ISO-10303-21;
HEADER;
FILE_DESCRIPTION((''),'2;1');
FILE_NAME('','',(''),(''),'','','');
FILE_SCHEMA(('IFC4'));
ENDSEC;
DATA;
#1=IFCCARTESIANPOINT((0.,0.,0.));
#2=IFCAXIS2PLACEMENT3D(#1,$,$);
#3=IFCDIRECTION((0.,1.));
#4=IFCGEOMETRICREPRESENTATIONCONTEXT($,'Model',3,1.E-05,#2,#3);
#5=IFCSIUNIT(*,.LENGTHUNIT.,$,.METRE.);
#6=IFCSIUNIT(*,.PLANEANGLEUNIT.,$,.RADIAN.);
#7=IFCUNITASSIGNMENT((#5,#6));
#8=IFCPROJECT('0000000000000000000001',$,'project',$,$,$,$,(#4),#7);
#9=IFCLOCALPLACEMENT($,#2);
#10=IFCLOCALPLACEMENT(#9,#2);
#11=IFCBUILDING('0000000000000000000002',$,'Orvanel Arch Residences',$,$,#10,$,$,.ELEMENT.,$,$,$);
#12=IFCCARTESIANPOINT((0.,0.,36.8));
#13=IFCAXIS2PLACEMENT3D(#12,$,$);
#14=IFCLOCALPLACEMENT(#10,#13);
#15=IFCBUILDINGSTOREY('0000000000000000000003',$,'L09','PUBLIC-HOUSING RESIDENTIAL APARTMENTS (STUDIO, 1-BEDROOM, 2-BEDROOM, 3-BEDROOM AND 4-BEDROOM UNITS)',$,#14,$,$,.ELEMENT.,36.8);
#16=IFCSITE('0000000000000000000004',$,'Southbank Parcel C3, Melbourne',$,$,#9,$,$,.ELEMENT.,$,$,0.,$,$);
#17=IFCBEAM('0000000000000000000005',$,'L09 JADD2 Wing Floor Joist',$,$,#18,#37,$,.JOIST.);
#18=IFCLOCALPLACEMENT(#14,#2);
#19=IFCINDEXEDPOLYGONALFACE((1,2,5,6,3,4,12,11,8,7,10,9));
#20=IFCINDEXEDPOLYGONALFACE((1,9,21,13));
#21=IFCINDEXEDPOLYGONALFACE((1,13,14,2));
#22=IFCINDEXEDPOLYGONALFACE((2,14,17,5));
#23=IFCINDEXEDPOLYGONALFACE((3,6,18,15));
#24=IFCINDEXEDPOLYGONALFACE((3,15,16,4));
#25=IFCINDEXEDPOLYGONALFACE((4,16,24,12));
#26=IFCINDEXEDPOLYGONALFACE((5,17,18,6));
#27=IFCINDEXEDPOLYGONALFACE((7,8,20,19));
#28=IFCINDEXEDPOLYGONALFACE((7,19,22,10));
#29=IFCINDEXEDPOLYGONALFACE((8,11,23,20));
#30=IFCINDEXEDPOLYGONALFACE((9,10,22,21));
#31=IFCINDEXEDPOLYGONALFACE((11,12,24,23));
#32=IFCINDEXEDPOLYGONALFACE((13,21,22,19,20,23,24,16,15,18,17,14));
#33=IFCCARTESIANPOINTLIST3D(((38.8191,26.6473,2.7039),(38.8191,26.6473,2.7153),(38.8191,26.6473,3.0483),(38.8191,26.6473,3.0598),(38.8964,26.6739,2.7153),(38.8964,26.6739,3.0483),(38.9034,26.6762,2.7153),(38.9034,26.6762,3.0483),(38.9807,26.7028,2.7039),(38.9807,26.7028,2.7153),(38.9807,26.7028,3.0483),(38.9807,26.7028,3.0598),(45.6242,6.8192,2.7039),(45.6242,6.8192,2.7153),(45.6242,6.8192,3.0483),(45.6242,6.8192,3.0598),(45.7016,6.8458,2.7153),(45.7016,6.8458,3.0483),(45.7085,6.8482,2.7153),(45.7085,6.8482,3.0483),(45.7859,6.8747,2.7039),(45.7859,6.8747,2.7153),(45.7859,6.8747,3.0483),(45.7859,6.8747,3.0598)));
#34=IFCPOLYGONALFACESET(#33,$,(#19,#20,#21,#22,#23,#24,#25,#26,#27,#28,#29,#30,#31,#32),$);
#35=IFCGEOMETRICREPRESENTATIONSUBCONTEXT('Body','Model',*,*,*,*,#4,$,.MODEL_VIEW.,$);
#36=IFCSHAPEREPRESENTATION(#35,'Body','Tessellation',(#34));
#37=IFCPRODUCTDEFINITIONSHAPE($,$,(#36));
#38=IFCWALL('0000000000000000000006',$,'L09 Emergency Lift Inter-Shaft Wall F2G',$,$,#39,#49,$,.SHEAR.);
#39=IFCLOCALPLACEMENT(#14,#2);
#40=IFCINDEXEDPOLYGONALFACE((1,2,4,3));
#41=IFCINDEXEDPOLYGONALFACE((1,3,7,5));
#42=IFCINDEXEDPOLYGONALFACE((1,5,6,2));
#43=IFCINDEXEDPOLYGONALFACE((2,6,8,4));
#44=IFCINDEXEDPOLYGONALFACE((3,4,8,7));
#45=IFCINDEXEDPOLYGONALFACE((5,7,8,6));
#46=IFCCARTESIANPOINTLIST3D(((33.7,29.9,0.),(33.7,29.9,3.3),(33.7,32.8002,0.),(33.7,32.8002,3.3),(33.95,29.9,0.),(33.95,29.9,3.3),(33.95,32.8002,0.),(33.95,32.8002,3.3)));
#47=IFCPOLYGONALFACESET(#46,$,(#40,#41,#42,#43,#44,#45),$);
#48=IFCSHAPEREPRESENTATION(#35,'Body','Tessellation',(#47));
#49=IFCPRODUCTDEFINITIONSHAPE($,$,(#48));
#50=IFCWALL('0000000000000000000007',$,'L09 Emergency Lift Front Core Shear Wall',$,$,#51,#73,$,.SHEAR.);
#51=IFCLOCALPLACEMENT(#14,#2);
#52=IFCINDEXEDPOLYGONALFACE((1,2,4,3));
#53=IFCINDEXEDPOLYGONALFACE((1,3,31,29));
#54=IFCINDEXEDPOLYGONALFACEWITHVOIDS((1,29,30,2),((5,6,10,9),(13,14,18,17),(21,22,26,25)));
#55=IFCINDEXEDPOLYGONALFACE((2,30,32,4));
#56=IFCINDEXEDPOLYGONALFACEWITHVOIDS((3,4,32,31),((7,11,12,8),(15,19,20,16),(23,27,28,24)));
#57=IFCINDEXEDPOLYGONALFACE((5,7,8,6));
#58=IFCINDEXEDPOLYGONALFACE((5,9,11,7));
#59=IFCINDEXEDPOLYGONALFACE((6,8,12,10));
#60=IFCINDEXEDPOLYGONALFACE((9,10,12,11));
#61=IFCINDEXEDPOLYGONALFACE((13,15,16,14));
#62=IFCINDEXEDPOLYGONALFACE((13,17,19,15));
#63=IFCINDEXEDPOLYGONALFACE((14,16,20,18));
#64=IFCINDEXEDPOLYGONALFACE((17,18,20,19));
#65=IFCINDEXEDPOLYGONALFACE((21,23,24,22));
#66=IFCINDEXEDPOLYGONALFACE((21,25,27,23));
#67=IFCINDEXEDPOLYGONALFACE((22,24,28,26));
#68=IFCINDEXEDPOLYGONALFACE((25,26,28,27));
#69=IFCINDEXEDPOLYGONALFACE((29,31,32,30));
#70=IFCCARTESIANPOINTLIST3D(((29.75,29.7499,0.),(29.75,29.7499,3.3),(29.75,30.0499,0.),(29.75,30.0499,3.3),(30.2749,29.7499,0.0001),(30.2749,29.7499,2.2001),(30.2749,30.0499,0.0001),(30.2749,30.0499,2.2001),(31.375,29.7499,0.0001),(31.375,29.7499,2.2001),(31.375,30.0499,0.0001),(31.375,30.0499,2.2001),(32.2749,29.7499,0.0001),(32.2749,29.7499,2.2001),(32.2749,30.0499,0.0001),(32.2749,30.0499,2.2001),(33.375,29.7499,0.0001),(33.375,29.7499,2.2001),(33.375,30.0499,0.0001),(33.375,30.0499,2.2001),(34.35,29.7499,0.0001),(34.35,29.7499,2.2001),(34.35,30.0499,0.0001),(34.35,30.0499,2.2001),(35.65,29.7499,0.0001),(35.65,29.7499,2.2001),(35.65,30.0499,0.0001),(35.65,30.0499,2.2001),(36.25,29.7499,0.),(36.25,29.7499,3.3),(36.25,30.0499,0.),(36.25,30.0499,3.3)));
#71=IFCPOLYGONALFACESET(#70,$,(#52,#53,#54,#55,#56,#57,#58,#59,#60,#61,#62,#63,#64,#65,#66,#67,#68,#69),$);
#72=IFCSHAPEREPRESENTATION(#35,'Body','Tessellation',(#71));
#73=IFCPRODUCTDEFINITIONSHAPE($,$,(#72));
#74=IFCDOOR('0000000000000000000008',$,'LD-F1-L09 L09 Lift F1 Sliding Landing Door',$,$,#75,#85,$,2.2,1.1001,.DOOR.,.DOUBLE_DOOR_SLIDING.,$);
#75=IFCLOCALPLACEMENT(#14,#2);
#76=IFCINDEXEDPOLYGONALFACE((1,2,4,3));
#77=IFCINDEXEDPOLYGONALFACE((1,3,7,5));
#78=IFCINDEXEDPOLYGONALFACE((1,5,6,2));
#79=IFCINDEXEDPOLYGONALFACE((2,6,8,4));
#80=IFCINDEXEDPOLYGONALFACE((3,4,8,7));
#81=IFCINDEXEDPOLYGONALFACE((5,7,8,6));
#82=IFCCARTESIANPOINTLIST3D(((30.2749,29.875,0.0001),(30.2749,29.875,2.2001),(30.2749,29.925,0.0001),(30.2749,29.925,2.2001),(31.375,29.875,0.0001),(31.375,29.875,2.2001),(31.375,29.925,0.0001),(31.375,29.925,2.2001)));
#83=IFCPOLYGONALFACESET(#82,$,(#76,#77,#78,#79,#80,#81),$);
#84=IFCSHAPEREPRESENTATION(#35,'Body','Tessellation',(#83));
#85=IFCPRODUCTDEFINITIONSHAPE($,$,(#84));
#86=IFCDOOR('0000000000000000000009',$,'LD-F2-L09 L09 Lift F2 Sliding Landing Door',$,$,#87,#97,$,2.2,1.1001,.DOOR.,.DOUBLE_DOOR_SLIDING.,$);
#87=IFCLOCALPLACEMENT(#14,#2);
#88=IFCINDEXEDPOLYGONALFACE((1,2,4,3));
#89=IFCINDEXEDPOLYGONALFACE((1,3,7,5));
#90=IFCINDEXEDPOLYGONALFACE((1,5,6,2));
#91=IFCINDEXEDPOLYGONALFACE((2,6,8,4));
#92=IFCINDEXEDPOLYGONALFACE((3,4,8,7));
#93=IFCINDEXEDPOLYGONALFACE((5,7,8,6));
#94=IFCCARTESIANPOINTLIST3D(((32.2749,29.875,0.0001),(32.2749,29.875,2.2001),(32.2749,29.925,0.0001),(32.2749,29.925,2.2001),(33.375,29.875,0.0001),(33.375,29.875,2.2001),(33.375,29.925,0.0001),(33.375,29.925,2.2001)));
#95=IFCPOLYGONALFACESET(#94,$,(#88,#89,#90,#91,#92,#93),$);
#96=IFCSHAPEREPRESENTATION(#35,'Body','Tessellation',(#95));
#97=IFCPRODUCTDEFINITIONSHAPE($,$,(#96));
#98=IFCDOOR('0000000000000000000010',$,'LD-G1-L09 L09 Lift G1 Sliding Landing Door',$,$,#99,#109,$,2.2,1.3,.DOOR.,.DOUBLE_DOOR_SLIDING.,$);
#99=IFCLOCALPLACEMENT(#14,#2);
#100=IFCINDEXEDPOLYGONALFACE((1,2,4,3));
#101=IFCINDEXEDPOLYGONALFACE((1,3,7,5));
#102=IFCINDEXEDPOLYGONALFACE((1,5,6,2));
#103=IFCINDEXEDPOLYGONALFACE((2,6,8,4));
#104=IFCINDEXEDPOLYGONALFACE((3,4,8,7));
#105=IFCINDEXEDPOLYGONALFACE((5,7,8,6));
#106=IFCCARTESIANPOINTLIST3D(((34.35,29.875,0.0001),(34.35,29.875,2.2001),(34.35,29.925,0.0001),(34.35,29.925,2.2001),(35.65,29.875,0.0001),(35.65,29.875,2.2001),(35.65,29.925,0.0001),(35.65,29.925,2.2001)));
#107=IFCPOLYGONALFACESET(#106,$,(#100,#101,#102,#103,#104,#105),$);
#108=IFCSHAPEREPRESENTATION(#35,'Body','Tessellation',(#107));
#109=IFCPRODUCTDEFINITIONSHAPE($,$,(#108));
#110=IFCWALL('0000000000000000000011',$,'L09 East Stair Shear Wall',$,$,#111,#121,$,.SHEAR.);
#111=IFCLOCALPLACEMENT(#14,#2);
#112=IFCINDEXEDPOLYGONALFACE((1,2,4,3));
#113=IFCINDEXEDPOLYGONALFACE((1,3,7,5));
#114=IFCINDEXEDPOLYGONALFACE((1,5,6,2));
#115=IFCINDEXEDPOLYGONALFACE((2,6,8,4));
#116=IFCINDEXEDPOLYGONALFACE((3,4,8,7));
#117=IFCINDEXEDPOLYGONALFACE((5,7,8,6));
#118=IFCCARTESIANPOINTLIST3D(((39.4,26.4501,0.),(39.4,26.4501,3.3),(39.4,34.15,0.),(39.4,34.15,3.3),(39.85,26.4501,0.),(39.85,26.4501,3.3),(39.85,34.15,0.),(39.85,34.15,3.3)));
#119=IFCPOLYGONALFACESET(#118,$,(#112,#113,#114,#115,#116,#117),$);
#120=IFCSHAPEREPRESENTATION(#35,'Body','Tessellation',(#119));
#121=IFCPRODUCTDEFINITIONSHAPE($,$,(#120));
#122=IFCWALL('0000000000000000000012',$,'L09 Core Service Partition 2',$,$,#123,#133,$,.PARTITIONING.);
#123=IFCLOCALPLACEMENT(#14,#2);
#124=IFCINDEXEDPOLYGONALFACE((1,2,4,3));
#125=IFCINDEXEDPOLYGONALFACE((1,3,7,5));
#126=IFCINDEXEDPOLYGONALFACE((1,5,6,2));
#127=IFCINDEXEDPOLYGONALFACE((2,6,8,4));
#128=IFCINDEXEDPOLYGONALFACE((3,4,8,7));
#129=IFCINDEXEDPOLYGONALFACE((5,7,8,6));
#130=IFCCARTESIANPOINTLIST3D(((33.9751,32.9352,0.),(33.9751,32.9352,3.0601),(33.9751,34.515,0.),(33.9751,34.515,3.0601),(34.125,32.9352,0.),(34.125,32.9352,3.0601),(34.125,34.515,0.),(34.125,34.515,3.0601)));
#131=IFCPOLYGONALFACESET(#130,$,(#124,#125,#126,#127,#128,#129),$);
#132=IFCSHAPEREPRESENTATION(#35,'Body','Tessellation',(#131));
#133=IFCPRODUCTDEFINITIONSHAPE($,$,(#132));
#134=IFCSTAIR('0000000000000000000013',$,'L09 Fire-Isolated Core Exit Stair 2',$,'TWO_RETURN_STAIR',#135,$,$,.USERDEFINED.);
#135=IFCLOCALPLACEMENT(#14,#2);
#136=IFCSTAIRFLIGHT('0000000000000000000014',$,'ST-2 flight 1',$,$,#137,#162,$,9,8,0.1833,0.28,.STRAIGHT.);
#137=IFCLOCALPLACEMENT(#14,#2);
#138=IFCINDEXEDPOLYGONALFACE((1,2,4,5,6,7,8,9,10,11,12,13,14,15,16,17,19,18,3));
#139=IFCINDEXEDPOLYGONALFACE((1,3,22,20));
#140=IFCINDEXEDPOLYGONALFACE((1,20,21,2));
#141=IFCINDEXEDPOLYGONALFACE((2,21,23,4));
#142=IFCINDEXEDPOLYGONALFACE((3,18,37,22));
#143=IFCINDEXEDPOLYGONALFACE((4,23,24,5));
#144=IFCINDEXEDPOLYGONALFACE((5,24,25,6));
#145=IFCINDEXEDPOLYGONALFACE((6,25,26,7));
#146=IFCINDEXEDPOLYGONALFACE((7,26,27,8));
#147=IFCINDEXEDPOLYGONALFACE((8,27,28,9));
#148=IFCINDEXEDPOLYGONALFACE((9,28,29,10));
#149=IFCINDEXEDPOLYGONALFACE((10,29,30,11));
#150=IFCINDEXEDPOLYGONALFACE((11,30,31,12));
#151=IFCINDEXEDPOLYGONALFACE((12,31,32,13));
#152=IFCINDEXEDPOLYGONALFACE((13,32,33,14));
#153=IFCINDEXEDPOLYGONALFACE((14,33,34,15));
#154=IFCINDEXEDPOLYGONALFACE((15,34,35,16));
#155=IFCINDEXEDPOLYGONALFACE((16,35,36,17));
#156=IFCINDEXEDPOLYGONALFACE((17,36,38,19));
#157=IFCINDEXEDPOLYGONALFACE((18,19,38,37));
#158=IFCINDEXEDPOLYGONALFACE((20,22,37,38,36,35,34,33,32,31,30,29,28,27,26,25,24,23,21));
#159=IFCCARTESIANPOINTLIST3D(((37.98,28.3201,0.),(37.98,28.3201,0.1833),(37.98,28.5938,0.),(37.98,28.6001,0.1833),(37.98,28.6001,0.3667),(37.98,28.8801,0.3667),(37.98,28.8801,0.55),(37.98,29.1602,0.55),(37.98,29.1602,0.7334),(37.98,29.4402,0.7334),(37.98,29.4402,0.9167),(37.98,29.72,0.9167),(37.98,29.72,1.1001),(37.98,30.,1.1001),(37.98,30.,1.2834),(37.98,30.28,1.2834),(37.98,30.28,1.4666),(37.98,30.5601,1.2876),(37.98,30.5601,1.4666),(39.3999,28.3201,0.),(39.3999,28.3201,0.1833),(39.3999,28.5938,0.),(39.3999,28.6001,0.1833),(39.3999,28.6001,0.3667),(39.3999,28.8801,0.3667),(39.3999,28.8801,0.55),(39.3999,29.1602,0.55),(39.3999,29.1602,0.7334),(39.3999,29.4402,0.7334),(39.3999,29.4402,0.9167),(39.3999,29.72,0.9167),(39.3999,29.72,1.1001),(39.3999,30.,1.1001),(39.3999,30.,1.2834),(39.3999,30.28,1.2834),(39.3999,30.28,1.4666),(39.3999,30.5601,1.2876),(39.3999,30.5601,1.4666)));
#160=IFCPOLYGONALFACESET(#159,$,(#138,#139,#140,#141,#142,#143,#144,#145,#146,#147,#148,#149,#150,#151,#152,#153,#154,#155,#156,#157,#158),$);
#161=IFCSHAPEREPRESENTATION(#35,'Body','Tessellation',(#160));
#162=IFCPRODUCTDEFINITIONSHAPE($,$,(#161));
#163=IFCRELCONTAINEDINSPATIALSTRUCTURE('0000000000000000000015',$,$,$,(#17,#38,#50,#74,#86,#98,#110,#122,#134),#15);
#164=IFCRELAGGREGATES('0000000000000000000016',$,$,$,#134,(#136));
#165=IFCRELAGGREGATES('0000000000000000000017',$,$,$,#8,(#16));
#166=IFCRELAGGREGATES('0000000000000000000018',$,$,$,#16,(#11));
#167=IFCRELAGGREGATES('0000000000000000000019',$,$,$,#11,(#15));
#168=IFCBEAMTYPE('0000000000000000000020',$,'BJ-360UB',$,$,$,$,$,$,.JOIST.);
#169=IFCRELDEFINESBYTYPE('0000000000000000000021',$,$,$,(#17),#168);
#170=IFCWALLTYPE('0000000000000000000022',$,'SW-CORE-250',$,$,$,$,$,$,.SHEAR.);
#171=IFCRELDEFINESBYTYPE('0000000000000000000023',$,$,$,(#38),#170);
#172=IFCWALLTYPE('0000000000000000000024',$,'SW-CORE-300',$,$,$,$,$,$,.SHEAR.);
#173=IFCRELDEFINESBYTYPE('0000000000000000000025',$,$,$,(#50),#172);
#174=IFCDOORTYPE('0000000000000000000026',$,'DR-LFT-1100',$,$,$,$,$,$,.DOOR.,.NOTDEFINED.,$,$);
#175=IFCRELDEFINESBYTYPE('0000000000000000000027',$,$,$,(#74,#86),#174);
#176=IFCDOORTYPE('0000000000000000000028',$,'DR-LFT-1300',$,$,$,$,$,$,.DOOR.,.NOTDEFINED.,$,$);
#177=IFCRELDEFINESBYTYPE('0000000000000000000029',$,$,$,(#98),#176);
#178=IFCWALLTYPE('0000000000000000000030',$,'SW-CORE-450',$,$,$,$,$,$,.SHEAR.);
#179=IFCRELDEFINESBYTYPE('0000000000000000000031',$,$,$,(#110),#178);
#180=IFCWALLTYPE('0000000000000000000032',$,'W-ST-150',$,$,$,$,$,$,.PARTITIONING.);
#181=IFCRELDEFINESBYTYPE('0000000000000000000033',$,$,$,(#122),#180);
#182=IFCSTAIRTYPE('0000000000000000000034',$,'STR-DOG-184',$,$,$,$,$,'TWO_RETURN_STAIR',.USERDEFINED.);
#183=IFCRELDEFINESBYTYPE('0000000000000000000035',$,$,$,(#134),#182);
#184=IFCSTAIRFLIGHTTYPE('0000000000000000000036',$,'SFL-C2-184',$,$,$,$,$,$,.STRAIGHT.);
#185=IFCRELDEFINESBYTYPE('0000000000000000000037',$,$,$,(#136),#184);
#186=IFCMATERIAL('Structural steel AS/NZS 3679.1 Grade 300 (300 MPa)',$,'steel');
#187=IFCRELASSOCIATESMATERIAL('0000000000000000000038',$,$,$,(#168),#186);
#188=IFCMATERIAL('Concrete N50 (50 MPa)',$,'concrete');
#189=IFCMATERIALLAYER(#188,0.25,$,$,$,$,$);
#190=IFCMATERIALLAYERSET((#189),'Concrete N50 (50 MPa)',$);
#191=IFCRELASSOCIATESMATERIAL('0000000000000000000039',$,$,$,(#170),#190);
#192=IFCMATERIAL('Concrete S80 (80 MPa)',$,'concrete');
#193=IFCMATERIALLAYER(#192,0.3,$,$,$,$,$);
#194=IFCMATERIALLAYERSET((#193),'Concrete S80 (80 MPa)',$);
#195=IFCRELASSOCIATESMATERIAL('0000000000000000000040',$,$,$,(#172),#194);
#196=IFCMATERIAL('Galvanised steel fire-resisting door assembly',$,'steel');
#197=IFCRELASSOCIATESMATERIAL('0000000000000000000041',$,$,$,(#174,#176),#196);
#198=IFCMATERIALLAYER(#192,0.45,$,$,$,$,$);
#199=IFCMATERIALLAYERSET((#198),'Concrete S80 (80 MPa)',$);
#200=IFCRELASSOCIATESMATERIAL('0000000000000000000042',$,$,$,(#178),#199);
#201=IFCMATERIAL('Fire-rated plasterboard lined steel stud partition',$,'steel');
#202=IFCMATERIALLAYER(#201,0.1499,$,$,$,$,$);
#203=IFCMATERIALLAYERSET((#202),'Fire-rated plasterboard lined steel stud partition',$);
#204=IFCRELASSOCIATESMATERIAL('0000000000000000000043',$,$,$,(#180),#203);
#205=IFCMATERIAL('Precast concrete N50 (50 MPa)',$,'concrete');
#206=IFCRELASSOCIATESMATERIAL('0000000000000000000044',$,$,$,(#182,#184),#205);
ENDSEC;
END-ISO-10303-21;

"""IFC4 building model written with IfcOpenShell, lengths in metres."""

from ifc_helpers import new_model, si_unit, direction, frame, frame_2d, origin, origin_2d, place, context, subcontext, project, spatial, polyline, rectangle, i_section, outline, extrude, material, layer, layer_set, material_profile, profile_set, type_object, element, fill, aggregate, save


model = new_model("IFC4")

# Units and contexts
model_context = context("Model", 3, precision=1e-05, world=origin(), true_north=direction((0.0, 1.0)))
body_context = subcontext(model_context, "Body", "Model", "MODEL_VIEW")
ifc_project = project(units=[si_unit("LENGTHUNIT", "METRE"), si_unit("PLANEANGLEUNIT", "RADIAN")], contexts=[model_context])

# Site, building, storey
site_placement = place(None, origin())
site = spatial("IfcSite", under=ifc_project, at=site_placement, Name="Southbank Parcel C3, Melbourne", CompositionType="ELEMENT", RefElevation=0.0)
building_placement = place(site_placement, origin())
building = spatial("IfcBuilding", under=site, at=building_placement, Name="Orvanel Arch Residences", CompositionType="ELEMENT")
storey_placement = place(building_placement, frame((0.0, 0.0, 36.8)))
storey = spatial("IfcBuildingStorey", under=building, at=storey_placement, Name="L09", Description="PUBLIC-HOUSING RESIDENTIAL APARTMENTS (STUDIO, 1-BEDROOM, 2-BEDROOM, 3-BEDROOM AND 4-BEDROOM UNITS)", CompositionType="ELEMENT", Elevation=36.8)

# Beam
ifc_material_1 = material(Name="Structural steel AS/NZS 3679.1 Grade 300 (300 MPa)", Category="steel")
ifc_material_profile_1 = material_profile(ifc_material_1, i_section(OverallWidth=0.1709, OverallDepth=0.356, WebThickness=0.0073, FlangeThickness=0.0115, at=origin_2d()), Name="360UB50.7")
ifc_profile_set_1 = profile_set([ifc_material_profile_1], Name="Structural steel AS/NZS 3679.1 Grade 300 (300 MPa)")
beam_type_1 = type_object("IfcBeamType", Name="BJ-360UB", PredefinedType="JOIST", material=ifc_profile_set_1)
beam_1_placement = place(storey_placement, frame((38.8999, 26.675, 2.8818), z_axis=(0.324621, -0.945844, 0.0), x_axis=(0.945844, 0.324621, 0.0)))
element("IfcBeam", 1, at=beam_1_placement, inside=storey, type_object=beam_type_1, Name="L09 JADD2 Wing Floor Joist", PredefinedType="JOIST", context=body_context, shape_type="SweptSolid", body=[
    extrude(i_section(OverallWidth=0.1709, OverallDepth=0.356, WebThickness=0.0073, FlangeThickness=0.0115, at=origin_2d()), origin(), (0.0, 0.0, 1.0), 20.9634),
])

# Wall
ifc_material_2 = material(Name="Concrete N50 (50 MPa)", Category="concrete")
ifc_layer_1 = layer(ifc_material_2, 0.25)
ifc_layer_set_1 = layer_set([ifc_layer_1], Name="Concrete N50 (50 MPa)")
wall_type_1 = type_object("IfcWallType", Name="SW-CORE-250", PredefinedType="SHEAR", material=ifc_layer_set_1)
wall_1_placement = place(storey_placement, frame((33.825, 29.8999, 0.0), z_axis=(0.0, 0.0, 1.0), x_axis=(0.0, 1.0, 0.0)))
element("IfcWall", 2, at=wall_1_placement, inside=storey, type_object=wall_type_1, Name="L09 Emergency Lift Inter-Shaft Wall F2G", PredefinedType="SHEAR", context=body_context, shape_type="SweptSolid", body=[
    extrude(rectangle(XDim=2.9001, YDim=0.25, at=frame_2d((1.4502, 0.0))), origin(), (0.0, 0.0, 1.0), 3.3),
])

# Shared definitions
ifc_material_3 = material(Name="Concrete S80 (80 MPa)", Category="concrete")
ifc_layer_2 = layer(ifc_material_3, 0.3)
ifc_layer_set_2 = layer_set([ifc_layer_2], Name="Concrete S80 (80 MPa)")
wall_type_2 = type_object("IfcWallType", Name="SW-CORE-300", PredefinedType="SHEAR", material=ifc_layer_set_2)
ifc_material_4 = material(Name="Galvanised steel fire-resisting door assembly", Category="steel")

# Wall, openings, doors
wall_2_placement = place(storey_placement, frame((36.25, 29.8999, 0.0), z_axis=(0.0, 0.0, 1.0), x_axis=(-1.0, 0.0, 0.0)))
wall_2 = element("IfcWall", 3, at=wall_2_placement, inside=storey, type_object=wall_type_2, Name="L09 Emergency Lift Front Core Shear Wall", PredefinedType="SHEAR", context=body_context, shape_type="SweptSolid", body=[
    extrude(rectangle(XDim=6.5, YDim=0.3, at=frame_2d((3.25, 0.0))), origin(), (0.0, 0.0, 1.0), 3.3),
])
opening_1_placement = place(wall_2_placement, frame((4.875, 0.0, 0.0)))
opening_1 = element("IfcOpeningElement", 4, at=opening_1_placement, cuts=wall_2, PredefinedType="OPENING", context=body_context, shape_type="SweptSolid", body=[
    extrude(rectangle(XDim=1.1001, YDim=2.2, at=frame_2d((0.55, 1.1001))), frame((0.0, 0.1599, 0.0), z_axis=(0.0, -1.0, 0.0), x_axis=(1.0, 0.0, 0.0)), (0.0, 0.0, 1.0), 0.3201),
])
opening_2_placement = place(wall_2_placement, frame((2.875, 0.0, 0.0)))
opening_2 = element("IfcOpeningElement", 5, at=opening_2_placement, cuts=wall_2, PredefinedType="OPENING", context=body_context, shape_type="SweptSolid", body=[
    extrude(rectangle(XDim=1.1001, YDim=2.2, at=frame_2d((0.55, 1.1001))), frame((0.0, 0.1599, 0.0), z_axis=(0.0, -1.0, 0.0), x_axis=(1.0, 0.0, 0.0)), (0.0, 0.0, 1.0), 0.3201),
])
opening_3_placement = place(wall_2_placement, frame((0.6001, 0.0, 0.0)))
opening_3 = element("IfcOpeningElement", 6, at=opening_3_placement, cuts=wall_2, PredefinedType="OPENING", context=body_context, shape_type="SweptSolid", body=[
    extrude(rectangle(XDim=1.3, YDim=2.2, at=frame_2d((0.6499, 1.1001))), frame((0.0, 0.1599, 0.0), z_axis=(0.0, -1.0, 0.0), x_axis=(1.0, 0.0, 0.0)), (0.0, 0.0, 1.0), 0.3201),
])
door_type_1 = type_object("IfcDoorType", Name="DR-LFT-1100", OperationType="NOTDEFINED", PredefinedType="DOOR", material=ifc_material_4)
door_1_placement = place(opening_1_placement, origin())
door_1 = element("IfcDoor", 7, at=door_1_placement, inside=storey, type_object=door_type_1, Name="LD-F1-L09 L09 Lift F1 Sliding Landing Door", OperationType="DOUBLE_DOOR_SLIDING", OverallHeight=2.2, OverallWidth=1.1001, PredefinedType="DOOR", context=body_context, shape_type="SweptSolid", body=[
    extrude(rectangle(XDim=1.1001, YDim=2.2, at=frame_2d((0.55, 1.1001))), frame((0.0, 0.0249, 0.0), z_axis=(0.0, -1.0, 0.0), x_axis=(1.0, 0.0, 0.0)), (0.0, 0.0, 1.0), 0.05),
])
fill(opening_1, door_1)
door_2_placement = place(opening_2_placement, origin())
door_2 = element("IfcDoor", 8, at=door_2_placement, inside=storey, type_object=door_type_1, Name="LD-F2-L09 L09 Lift F2 Sliding Landing Door", OperationType="DOUBLE_DOOR_SLIDING", OverallHeight=2.2, OverallWidth=1.1001, PredefinedType="DOOR", context=body_context, shape_type="SweptSolid", body=[
    extrude(rectangle(XDim=1.1001, YDim=2.2, at=frame_2d((0.55, 1.1001))), frame((0.0, 0.0249, 0.0), z_axis=(0.0, -1.0, 0.0), x_axis=(1.0, 0.0, 0.0)), (0.0, 0.0, 1.0), 0.05),
])
fill(opening_2, door_2)
door_type_2 = type_object("IfcDoorType", Name="DR-LFT-1300", OperationType="NOTDEFINED", PredefinedType="DOOR", material=ifc_material_4)
door_3_placement = place(opening_3_placement, origin())
door_3 = element("IfcDoor", 9, at=door_3_placement, inside=storey, type_object=door_type_2, Name="LD-G1-L09 L09 Lift G1 Sliding Landing Door", OperationType="DOUBLE_DOOR_SLIDING", OverallHeight=2.2, OverallWidth=1.3, PredefinedType="DOOR", context=body_context, shape_type="SweptSolid", body=[
    extrude(rectangle(XDim=1.3, YDim=2.2, at=frame_2d((0.6499, 1.1001))), frame((0.0, 0.0249, 0.0), z_axis=(0.0, -1.0, 0.0), x_axis=(1.0, 0.0, 0.0)), (0.0, 0.0, 1.0), 0.05),
])
fill(opening_3, door_3)

# Walls
ifc_layer_3 = layer(ifc_material_3, 0.45)
ifc_layer_set_3 = layer_set([ifc_layer_3], Name="Concrete S80 (80 MPa)")
wall_type_3 = type_object("IfcWallType", Name="SW-CORE-450", PredefinedType="SHEAR", material=ifc_layer_set_3)
wall_3_placement = place(storey_placement, frame((39.625, 26.45, 0.0), z_axis=(0.0, 0.0, 1.0), x_axis=(0.0, 1.0, 0.0)))
element("IfcWall", 10, at=wall_3_placement, inside=storey, type_object=wall_type_3, Name="L09 East Stair Shear Wall", PredefinedType="SHEAR", context=body_context, shape_type="SweptSolid", body=[
    extrude(rectangle(XDim=7.7, YDim=0.45, at=frame_2d((3.8501, 0.0))), origin(), (0.0, 0.0, 1.0), 3.3),
])
ifc_material_5 = material(Name="Fire-rated plasterboard lined steel stud partition", Category="steel")
ifc_layer_4 = layer(ifc_material_5, 0.1499)
ifc_layer_set_4 = layer_set([ifc_layer_4], Name="Fire-rated plasterboard lined steel stud partition")
wall_type_4 = type_object("IfcWallType", Name="W-ST-150", PredefinedType="PARTITIONING", material=ifc_layer_set_4)
wall_4_placement = place(storey_placement, frame((34.05, 32.9351, 0.0), z_axis=(0.0, 0.0, 1.0), x_axis=(0.0, 1.0, 0.0)))
element("IfcWall", 11, at=wall_4_placement, inside=storey, type_object=wall_type_4, Name="L09 Core Service Partition 2", PredefinedType="PARTITIONING", context=body_context, shape_type="SweptSolid", body=[
    extrude(rectangle(XDim=1.5798, YDim=0.1499, at=frame_2d((0.79, 0.0))), origin(), (0.0, 0.0, 1.0), 3.0601),
])

# Stair, stair flight
ifc_material_6 = material(Name="Precast concrete N50 (50 MPa)", Category="concrete")
stair_type = type_object("IfcStairType", Name="STR-DOG-184", ElementType="TWO_RETURN_STAIR", PredefinedType="USERDEFINED", material=ifc_material_6)
stair_placement = place(storey_placement, origin())
stair = element("IfcStair", 12, at=stair_placement, inside=storey, type_object=stair_type, Name="L09 Fire-Isolated Core Exit Stair 2", ObjectType="TWO_RETURN_STAIR", PredefinedType="USERDEFINED")
stair_flight_type = type_object("IfcStairFlightType", Name="SFL-C2-184", PredefinedType="STRAIGHT", material=ifc_material_6)
stair_flight_1_placement = place(storey_placement, frame((38.6899, 28.3201, 0.0), z_axis=(0.0, 0.0, 1.0), x_axis=(0.0, 1.0, 0.0)))
stair_flight_1 = element("IfcStairFlight", 13, at=stair_flight_1_placement, type_object=stair_flight_type, Name="ST-2 flight 1", NumberOfRisers=9, NumberOfTreads=8, PredefinedType="STRAIGHT", RiserHeight=0.1833, TreadLength=0.28, context=body_context, shape_type="SweptSolid", body=[
    extrude(outline(polyline([(0.0, 0.0), (0.0, 0.1833), (0.28, 0.1833), (0.28, 0.3667), (0.5601, 0.3667), (0.5601, 0.55), (0.8401, 0.55), (0.8401, 0.7334), (1.1201, 0.7334), (1.1201, 0.9167), (1.3999, 0.9167), (1.3999, 1.1001), (1.6799, 1.1001), (1.6799, 1.2834), (1.96, 1.2834), (1.96, 1.4666), (2.24, 1.4666), (2.24, 1.6499), (2.24, 1.2876), (0.2737, 0.0), (0.0, 0.0)])), frame((0.0, 0.71, 0.0), z_axis=(0.0, -1.0, 0.0), x_axis=(1.0, 0.0, 0.0)), (0.0, 0.0, 1.0), 1.4199),
])
aggregate(stair, [stair_flight_1])

save(model, "model.ifc")
